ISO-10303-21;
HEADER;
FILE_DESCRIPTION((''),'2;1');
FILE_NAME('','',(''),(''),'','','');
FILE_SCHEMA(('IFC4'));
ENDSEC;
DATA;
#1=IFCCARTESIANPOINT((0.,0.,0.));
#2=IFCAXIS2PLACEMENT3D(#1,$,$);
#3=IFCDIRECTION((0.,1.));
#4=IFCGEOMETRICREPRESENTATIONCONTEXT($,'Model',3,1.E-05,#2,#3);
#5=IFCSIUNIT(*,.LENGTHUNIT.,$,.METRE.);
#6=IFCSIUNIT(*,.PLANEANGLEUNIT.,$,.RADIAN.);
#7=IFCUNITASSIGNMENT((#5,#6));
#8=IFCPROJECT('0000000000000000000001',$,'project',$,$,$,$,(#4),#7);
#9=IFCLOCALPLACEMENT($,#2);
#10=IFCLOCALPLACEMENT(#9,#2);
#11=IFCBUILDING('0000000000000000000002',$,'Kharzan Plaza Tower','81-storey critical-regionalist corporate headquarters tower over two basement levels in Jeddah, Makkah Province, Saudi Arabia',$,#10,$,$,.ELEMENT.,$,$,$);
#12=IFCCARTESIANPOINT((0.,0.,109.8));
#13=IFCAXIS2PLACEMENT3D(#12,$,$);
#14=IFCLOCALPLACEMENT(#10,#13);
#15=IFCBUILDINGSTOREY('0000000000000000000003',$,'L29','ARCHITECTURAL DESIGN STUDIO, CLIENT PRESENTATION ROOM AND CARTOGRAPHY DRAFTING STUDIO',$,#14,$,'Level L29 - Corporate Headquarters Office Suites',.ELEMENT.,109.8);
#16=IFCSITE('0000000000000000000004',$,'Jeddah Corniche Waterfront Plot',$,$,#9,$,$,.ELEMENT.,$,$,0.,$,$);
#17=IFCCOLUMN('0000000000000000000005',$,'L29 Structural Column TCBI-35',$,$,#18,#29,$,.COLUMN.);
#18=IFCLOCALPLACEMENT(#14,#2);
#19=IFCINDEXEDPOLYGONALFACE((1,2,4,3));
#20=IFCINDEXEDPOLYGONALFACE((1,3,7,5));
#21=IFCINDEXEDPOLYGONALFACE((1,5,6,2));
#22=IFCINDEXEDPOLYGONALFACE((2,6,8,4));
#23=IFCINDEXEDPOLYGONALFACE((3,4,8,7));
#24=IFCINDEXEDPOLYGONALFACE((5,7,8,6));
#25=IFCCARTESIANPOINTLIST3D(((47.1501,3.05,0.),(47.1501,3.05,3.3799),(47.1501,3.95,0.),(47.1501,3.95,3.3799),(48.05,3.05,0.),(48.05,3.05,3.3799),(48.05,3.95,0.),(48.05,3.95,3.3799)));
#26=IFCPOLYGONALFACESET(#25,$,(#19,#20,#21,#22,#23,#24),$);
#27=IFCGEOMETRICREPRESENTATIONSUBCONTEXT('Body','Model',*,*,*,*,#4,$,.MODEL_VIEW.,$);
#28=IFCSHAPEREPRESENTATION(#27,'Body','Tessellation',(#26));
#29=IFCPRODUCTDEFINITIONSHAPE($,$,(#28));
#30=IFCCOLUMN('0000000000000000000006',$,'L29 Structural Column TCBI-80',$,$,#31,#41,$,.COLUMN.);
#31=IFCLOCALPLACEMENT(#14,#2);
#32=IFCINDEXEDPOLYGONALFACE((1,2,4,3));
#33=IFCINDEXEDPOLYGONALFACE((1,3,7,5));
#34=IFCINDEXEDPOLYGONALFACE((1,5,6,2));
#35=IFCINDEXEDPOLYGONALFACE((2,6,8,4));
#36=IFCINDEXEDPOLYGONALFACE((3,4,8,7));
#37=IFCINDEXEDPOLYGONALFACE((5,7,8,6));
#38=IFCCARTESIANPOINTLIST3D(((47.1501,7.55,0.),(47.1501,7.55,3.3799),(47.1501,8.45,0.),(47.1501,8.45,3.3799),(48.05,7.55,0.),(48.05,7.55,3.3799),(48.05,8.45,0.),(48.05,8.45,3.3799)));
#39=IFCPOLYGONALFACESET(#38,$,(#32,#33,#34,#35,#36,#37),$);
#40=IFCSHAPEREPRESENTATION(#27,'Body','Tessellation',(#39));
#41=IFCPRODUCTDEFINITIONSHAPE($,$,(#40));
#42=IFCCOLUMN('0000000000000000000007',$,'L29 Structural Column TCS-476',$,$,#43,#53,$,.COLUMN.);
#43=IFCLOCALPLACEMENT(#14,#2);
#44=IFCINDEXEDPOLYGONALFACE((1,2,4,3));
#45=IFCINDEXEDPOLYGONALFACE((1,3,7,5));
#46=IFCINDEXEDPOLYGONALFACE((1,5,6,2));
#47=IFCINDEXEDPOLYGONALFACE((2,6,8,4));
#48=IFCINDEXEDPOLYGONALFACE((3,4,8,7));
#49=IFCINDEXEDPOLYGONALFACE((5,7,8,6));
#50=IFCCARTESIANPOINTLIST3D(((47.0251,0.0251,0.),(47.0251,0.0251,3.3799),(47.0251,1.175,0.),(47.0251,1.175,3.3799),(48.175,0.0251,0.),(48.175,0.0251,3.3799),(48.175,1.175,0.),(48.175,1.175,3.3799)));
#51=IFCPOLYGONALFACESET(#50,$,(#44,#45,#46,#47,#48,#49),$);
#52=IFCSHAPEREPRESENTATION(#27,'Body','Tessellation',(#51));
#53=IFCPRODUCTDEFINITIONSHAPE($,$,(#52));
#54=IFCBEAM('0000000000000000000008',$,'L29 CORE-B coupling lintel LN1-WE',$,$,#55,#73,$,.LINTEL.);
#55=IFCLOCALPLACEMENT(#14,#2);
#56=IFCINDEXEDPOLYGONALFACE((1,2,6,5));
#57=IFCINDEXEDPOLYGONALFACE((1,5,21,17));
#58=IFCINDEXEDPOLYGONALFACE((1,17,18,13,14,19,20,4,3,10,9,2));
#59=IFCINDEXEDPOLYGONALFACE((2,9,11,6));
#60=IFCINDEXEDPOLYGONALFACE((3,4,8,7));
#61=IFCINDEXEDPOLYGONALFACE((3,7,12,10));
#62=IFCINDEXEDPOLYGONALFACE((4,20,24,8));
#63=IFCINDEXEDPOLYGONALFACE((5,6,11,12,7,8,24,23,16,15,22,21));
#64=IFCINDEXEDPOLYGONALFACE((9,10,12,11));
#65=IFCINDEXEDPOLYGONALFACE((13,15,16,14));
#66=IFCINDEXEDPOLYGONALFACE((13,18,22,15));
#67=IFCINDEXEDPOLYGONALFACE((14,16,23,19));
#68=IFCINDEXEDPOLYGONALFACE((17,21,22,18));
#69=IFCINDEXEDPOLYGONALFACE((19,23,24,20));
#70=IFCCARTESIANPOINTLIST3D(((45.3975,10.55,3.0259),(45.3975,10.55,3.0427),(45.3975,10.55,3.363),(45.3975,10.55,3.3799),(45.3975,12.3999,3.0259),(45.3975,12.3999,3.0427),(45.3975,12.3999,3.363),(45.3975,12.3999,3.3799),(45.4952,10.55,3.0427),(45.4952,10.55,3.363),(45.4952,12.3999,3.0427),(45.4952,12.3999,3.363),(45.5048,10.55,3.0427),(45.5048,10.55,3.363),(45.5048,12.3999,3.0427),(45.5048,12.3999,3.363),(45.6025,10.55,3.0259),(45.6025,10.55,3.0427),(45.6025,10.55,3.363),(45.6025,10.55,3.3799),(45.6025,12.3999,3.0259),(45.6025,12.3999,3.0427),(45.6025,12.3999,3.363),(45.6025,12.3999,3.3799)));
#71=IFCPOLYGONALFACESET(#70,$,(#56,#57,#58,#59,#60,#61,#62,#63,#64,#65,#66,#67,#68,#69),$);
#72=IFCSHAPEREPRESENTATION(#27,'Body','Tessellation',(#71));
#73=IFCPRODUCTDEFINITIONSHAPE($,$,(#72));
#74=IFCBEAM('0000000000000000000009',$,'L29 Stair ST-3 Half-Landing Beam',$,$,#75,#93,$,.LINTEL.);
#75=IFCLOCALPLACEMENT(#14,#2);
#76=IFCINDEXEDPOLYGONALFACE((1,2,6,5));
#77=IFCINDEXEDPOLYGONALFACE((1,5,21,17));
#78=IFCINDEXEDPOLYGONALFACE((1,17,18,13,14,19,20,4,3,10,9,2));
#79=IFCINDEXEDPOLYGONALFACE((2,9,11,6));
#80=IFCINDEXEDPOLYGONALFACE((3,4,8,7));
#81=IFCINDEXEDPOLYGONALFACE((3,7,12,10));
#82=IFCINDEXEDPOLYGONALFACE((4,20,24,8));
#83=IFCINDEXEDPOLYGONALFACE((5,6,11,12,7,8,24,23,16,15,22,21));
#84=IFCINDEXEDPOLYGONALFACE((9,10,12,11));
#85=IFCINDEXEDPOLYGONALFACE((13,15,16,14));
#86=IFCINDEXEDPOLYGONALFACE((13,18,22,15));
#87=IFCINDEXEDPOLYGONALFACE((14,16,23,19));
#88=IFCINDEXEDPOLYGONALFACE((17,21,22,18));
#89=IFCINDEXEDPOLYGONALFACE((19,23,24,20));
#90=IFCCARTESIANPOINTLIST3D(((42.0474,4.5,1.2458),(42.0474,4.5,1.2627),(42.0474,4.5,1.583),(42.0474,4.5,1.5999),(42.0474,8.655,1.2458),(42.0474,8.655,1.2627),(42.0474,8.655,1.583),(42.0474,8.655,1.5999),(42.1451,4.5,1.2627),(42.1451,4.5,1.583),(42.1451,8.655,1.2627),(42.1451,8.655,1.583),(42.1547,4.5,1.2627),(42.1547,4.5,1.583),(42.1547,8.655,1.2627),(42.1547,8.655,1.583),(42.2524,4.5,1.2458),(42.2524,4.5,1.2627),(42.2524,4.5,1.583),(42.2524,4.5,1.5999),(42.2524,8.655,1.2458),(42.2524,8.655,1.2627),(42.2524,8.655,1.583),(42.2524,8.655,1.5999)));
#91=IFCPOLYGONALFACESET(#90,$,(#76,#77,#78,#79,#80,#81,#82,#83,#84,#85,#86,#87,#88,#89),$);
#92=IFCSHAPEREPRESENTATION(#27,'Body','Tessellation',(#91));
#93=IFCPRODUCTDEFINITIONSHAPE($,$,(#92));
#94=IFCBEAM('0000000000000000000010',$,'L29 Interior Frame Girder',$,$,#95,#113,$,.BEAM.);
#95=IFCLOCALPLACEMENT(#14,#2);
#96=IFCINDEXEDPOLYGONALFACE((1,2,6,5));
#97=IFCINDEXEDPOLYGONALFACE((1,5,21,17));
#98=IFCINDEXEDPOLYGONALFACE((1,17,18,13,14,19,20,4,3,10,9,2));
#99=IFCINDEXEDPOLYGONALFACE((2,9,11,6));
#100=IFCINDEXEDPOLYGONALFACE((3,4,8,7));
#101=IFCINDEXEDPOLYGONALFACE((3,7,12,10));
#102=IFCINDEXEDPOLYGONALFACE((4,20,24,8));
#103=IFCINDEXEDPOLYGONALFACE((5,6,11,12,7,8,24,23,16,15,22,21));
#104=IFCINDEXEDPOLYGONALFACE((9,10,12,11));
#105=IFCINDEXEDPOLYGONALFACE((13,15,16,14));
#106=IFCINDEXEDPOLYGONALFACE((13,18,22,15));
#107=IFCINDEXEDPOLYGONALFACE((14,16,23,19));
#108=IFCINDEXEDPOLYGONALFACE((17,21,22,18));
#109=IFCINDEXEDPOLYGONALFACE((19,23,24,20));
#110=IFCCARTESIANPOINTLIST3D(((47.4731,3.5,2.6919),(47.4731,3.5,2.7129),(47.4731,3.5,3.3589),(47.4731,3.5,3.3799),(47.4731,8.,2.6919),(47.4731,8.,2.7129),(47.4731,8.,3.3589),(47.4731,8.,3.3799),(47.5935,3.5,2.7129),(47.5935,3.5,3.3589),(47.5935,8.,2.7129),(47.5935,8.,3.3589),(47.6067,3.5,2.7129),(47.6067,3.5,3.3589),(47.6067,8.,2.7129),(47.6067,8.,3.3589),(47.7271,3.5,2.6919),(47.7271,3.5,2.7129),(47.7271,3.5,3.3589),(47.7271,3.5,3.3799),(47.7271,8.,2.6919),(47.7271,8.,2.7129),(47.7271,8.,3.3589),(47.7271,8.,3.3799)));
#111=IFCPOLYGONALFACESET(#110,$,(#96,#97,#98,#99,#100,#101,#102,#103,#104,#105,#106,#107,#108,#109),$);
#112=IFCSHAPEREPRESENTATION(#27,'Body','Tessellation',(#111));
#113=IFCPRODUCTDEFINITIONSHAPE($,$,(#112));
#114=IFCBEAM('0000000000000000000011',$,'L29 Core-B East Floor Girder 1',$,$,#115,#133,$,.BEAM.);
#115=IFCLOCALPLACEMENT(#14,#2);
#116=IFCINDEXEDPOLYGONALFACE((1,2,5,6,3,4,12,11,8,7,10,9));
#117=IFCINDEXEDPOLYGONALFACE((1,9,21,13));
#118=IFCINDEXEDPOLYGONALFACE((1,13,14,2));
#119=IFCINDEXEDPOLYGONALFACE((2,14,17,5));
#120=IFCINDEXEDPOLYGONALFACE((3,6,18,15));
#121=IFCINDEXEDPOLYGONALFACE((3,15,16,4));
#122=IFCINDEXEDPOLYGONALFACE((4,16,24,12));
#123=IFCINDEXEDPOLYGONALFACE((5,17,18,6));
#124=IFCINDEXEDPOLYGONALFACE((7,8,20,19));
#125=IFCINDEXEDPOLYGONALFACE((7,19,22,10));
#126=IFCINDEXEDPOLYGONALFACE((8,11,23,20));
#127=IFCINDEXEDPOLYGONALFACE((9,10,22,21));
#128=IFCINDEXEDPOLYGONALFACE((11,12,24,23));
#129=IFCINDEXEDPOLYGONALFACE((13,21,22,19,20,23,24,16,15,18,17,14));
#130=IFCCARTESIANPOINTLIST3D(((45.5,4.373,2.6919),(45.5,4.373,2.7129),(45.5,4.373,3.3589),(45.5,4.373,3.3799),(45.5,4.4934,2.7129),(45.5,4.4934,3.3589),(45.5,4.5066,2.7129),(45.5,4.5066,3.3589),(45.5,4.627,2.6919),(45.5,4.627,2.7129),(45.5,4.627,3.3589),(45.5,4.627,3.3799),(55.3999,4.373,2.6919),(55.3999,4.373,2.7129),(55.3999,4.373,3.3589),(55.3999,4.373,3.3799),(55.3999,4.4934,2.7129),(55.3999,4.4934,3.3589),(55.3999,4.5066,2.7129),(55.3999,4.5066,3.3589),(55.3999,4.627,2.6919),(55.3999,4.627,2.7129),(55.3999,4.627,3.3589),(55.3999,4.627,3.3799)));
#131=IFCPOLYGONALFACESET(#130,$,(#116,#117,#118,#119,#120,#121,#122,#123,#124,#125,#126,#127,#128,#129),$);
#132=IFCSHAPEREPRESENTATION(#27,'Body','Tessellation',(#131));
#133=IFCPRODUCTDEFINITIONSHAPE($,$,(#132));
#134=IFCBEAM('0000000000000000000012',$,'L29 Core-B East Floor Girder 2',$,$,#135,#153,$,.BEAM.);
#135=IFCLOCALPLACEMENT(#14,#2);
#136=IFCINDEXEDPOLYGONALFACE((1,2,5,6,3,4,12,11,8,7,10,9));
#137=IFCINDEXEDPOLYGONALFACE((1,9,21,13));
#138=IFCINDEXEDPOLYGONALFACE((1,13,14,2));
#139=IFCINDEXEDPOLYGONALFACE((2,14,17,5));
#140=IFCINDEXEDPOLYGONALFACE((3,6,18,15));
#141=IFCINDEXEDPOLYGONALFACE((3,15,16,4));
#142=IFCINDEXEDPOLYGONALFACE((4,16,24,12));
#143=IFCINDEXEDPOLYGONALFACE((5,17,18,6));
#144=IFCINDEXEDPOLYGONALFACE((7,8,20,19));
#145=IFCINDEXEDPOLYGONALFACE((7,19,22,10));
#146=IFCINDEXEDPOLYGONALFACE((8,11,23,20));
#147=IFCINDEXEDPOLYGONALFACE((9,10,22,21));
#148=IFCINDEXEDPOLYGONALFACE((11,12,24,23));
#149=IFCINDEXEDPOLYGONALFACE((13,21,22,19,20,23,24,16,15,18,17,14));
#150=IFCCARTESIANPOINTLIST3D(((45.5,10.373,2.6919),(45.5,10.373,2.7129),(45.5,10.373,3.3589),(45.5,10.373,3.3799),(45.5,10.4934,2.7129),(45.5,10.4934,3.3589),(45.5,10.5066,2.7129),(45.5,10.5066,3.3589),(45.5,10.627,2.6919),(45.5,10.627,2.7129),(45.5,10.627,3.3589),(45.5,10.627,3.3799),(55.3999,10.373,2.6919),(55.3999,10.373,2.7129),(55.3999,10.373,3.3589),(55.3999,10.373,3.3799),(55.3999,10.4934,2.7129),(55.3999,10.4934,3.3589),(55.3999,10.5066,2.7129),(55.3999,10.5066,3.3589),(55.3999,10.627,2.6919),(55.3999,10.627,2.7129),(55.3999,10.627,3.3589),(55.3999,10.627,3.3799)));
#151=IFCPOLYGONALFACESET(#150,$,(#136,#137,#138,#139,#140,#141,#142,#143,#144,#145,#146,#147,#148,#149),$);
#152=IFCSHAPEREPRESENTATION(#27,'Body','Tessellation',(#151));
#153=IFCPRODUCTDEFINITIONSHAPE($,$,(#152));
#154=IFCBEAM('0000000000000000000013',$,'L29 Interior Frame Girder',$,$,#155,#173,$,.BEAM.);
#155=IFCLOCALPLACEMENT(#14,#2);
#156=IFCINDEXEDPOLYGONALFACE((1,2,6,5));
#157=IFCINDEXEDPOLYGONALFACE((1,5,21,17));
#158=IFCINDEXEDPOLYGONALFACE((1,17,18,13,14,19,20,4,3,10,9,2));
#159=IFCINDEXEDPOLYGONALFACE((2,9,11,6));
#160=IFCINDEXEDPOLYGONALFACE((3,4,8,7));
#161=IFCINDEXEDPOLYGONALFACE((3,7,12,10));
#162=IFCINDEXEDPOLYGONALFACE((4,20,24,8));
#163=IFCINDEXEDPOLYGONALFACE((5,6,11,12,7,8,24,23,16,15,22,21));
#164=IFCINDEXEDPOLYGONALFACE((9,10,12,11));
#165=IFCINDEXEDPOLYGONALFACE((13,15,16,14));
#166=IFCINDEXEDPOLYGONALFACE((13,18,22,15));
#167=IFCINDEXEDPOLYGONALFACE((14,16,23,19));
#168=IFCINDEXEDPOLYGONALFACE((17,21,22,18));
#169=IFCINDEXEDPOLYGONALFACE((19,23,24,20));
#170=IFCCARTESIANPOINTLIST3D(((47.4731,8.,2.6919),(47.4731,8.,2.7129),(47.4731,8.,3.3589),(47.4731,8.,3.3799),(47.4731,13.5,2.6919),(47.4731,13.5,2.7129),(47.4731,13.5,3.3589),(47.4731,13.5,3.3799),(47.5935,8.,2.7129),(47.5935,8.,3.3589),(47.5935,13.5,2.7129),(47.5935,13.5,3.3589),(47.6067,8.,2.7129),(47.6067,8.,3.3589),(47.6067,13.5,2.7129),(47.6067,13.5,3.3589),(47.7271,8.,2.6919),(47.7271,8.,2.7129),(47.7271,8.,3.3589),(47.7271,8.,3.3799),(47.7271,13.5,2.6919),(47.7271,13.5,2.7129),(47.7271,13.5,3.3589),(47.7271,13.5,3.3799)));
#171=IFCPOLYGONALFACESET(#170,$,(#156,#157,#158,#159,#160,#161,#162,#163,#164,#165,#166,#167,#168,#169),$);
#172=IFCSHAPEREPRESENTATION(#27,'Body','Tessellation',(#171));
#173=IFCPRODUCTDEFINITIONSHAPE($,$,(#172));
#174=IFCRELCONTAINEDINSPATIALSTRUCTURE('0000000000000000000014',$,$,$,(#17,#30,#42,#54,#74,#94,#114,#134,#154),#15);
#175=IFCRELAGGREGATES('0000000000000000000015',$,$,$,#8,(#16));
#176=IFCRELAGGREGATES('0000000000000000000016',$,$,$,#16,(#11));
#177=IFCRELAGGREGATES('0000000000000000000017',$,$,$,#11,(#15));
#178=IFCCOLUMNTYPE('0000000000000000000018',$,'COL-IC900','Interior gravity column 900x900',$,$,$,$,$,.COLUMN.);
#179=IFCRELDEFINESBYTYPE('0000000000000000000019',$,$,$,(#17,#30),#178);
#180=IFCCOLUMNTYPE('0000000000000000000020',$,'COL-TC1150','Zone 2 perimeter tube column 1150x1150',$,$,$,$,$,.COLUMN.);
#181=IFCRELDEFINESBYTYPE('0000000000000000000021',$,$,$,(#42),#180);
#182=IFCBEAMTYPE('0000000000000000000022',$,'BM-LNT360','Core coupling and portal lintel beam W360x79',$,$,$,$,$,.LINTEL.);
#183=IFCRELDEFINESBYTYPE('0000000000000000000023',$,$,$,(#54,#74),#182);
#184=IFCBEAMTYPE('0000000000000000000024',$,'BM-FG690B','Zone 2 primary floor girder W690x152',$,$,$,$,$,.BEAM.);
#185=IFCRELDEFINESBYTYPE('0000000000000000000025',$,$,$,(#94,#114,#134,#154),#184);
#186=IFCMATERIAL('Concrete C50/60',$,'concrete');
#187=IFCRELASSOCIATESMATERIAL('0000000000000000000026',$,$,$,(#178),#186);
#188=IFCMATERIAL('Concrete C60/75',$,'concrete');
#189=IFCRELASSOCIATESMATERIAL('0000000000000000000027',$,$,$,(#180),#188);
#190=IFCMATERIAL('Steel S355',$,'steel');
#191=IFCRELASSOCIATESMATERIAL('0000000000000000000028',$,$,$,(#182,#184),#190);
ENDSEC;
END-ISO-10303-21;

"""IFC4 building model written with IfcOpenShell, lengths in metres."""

from ifc_helpers import new_model, si_unit, direction, frame, origin, origin_2d, place, context, subcontext, project, spatial, rectangle, i_section, extrude, source, transform, mapped, material, material_profile, profile_set, type_object, element, save


model = new_model("IFC4")

# Units and contexts
model_context = context("Model", 3, precision=1e-05, world=origin(), true_north=direction((0.0, 1.0)))
body_context = subcontext(model_context, "Body", "Model", "MODEL_VIEW")
ifc_project = project(units=[si_unit("LENGTHUNIT", "METRE"), si_unit("PLANEANGLEUNIT", "RADIAN")], contexts=[model_context])

# Site, building, storey
site_placement = place(None, origin())
site = spatial("IfcSite", under=ifc_project, at=site_placement, Name="Jeddah Corniche Waterfront Plot", CompositionType="ELEMENT", RefElevation=0.0)
building_placement = place(site_placement, origin())
building = spatial("IfcBuilding", under=site, at=building_placement, Name="Kharzan Plaza Tower", Description="81-storey critical-regionalist corporate headquarters tower over two basement levels in Jeddah, Makkah Province, Saudi Arabia", CompositionType="ELEMENT")
storey_placement = place(building_placement, frame((0.0, 0.0, 109.8)))
storey = spatial("IfcBuildingStorey", under=building, at=storey_placement, Name="L29", Description="ARCHITECTURAL DESIGN STUDIO, CLIENT PRESENTATION ROOM AND CARTOGRAPHY DRAFTING STUDIO", LongName="Level L29 - Corporate Headquarters Office Suites", CompositionType="ELEMENT", Elevation=109.8)

# Columns
ifc_material_1 = material(Name="Concrete C50/60", Category="concrete")
ifc_material_profile_1 = material_profile(ifc_material_1, rectangle(XDim=0.8999, YDim=0.8999, at=origin_2d()), Name="RC-IC900x900")
ifc_profile_set_1 = profile_set([ifc_material_profile_1], Name="Concrete C50/60")
column_type_1 = type_object("IfcColumnType", Name="COL-IC900", Description="Interior gravity column 900x900", PredefinedType="COLUMN", material=ifc_profile_set_1)
shared_shape_1 = source(origin(), body_context, "Body", "SweptSolid", [
    extrude(rectangle(XDim=0.8999, YDim=0.8999, at=origin_2d()), origin(), (0.0, 0.0, 1.0), 3.3799),
])
for number, where, z_axis, x_axis, name in (
    (1, (47.6001, 3.5, 0.0), (0.0, 0.0, 1.0), (1.0, 0.0, 0.0), "L29 Structural Column TCBI-35"),
    (2, (47.6001, 8.0, 0.0), (0.0, 0.0, 1.0), (1.0, 0.0, 0.0), "L29 Structural Column TCBI-80"),
):
    element("IfcColumn", number, at=place(storey_placement, frame(where, z_axis=z_axis, x_axis=x_axis)), inside=storey, type_object=column_type_1, Name=name, PredefinedType="COLUMN", context=body_context, shape_type="MappedRepresentation", body=[
        mapped(shared_shape_1, transform((0.0, 0.0, 0.0), x_axis=(1.0, 0.0, 0.0), y_axis=(0.0, 1.0, 0.0), z_axis=(0.0, 0.0, 1.0))),
    ])
ifc_material_2 = material(Name="Concrete C60/75", Category="concrete")
ifc_material_profile_2 = material_profile(ifc_material_2, rectangle(XDim=1.1499, YDim=1.1499, at=origin_2d()), Name="RC-TC1150x1150")
ifc_profile_set_2 = profile_set([ifc_material_profile_2], Name="Concrete C60/75")
column_type_2 = type_object("IfcColumnType", Name="COL-TC1150", Description="Zone 2 perimeter tube column 1150x1150", PredefinedType="COLUMN", material=ifc_profile_set_2)
shared_shape_2 = source(origin(), body_context, "Body", "SweptSolid", [
    extrude(rectangle(XDim=1.1499, YDim=1.1499, at=origin_2d()), origin(), (0.0, 0.0, 1.0), 3.3799),
])
column_placement = place(storey_placement, frame((47.6001, 0.6001, 0.0), z_axis=(0.0, 0.0, 1.0), x_axis=(1.0, 0.0, 0.0)))
element("IfcColumn", 3, at=column_placement, inside=storey, type_object=column_type_2, Name="L29 Structural Column TCS-476", PredefinedType="COLUMN", context=body_context, shape_type="MappedRepresentation", body=[
    mapped(shared_shape_2, transform((0.0, 0.0, 0.0), x_axis=(1.0, 0.0, 0.0), y_axis=(0.0, 1.0, 0.0), z_axis=(0.0, 0.0, 1.0))),
])

# Beams
ifc_material_3 = material(Name="Steel S355", Category="steel")
ifc_material_profile_3 = material_profile(ifc_material_3, i_section(OverallWidth=0.2051, OverallDepth=0.354, WebThickness=0.0095, FlangeThickness=0.0168, at=origin_2d()), Name="W360x79")
ifc_profile_set_3 = profile_set([ifc_material_profile_3], Name="Steel S355")
beam_type_1 = type_object("IfcBeamType", Name="BM-LNT360", Description="Core coupling and portal lintel beam W360x79", PredefinedType="LINTEL", material=ifc_profile_set_3)
shared_shape_3 = source(origin(), body_context, "Body", "SweptSolid", [
    extrude(i_section(OverallWidth=0.2051, OverallDepth=0.354, WebThickness=0.0095, FlangeThickness=0.0168, at=origin_2d()), origin(), (0.0, 0.0, 1.0), 1.8499),
])
beam_1_placement = place(storey_placement, frame((45.5, 10.55, 3.2029), z_axis=(0.0, 1.0, 0.0), x_axis=(-1.0, 0.0, 0.0)))
element("IfcBeam", 4, at=beam_1_placement, inside=storey, type_object=beam_type_1, Name="L29 CORE-B coupling lintel LN1-WE", PredefinedType="LINTEL", context=body_context, shape_type="MappedRepresentation", body=[
    mapped(shared_shape_3, transform((0.0, 0.0, 0.0), x_axis=(1.0, 0.0, 0.0), y_axis=(0.0, 1.0, 0.0), z_axis=(0.0, 0.0, 1.0))),
])
shared_shape_4 = source(origin(), body_context, "Body", "SweptSolid", [
    extrude(i_section(OverallWidth=0.2051, OverallDepth=0.354, WebThickness=0.0095, FlangeThickness=0.0168, at=origin_2d()), origin(), (0.0, 0.0, 1.0), 4.155),
])
beam_2_placement = place(storey_placement, frame((42.1499, 4.5, 1.4229), z_axis=(0.0, 1.0, 0.0), x_axis=(-1.0, 0.0, 0.0)))
element("IfcBeam", 5, at=beam_2_placement, inside=storey, type_object=beam_type_1, Name="L29 Stair ST-3 Half-Landing Beam", PredefinedType="LINTEL", context=body_context, shape_type="MappedRepresentation", body=[
    mapped(shared_shape_4, transform((0.0, 0.0, 0.0), x_axis=(1.0, 0.0, 0.0), y_axis=(0.0, 1.0, 0.0), z_axis=(0.0, 0.0, 1.0))),
])
ifc_material_profile_4 = material_profile(ifc_material_3, i_section(OverallWidth=0.2539, OverallDepth=0.688, WebThickness=0.0132, FlangeThickness=0.021, at=origin_2d()), Name="W690x152")
ifc_profile_set_4 = profile_set([ifc_material_profile_4], Name="Steel S355")
beam_type_2 = type_object("IfcBeamType", Name="BM-FG690B", Description="Zone 2 primary floor girder W690x152", PredefinedType="BEAM", material=ifc_profile_set_4)
shared_shape_5 = source(origin(), body_context, "Body", "SweptSolid", [
    extrude(i_section(OverallWidth=0.2539, OverallDepth=0.688, WebThickness=0.0132, FlangeThickness=0.021, at=origin_2d()), origin(), (0.0, 0.0, 1.0), 4.5),
])
beam_3_placement = place(storey_placement, frame((47.6001, 3.5, 3.0359), z_axis=(0.0, 1.0, 0.0), x_axis=(-1.0, 0.0, 0.0)))
element("IfcBeam", 6, at=beam_3_placement, inside=storey, type_object=beam_type_2, Name="L29 Interior Frame Girder", PredefinedType="BEAM", context=body_context, shape_type="MappedRepresentation", body=[
    mapped(shared_shape_5, transform((0.0, 0.0, 0.0), x_axis=(1.0, 0.0, 0.0), y_axis=(0.0, 1.0, 0.0), z_axis=(0.0, 0.0, 1.0))),
])
shared_shape_6 = source(origin(), body_context, "Body", "SweptSolid", [
    extrude(i_section(OverallWidth=0.2539, OverallDepth=0.688, WebThickness=0.0132, FlangeThickness=0.021, at=origin_2d()), origin(), (0.0, 0.0, 1.0), 9.8999),
])
for number, where, z_axis, x_axis, name in (
    (7, (45.5, 4.5, 3.0359), (1.0, 0.0, 0.0), (0.0, 1.0, 0.0), "L29 Core-B East Floor Girder 1"),
    (8, (45.5, 10.5, 3.0359), (1.0, 0.0, 0.0), (0.0, 1.0, 0.0), "L29 Core-B East Floor Girder 2"),
):
    element("IfcBeam", number, at=place(storey_placement, frame(where, z_axis=z_axis, x_axis=x_axis)), inside=storey, type_object=beam_type_2, Name=name, PredefinedType="BEAM", context=body_context, shape_type="MappedRepresentation", body=[
        mapped(shared_shape_6, transform((0.0, 0.0, 0.0), x_axis=(1.0, 0.0, 0.0), y_axis=(0.0, 1.0, 0.0), z_axis=(0.0, 0.0, 1.0))),
    ])
shared_shape_7 = source(origin(), body_context, "Body", "SweptSolid", [
    extrude(i_section(OverallWidth=0.2539, OverallDepth=0.688, WebThickness=0.0132, FlangeThickness=0.021, at=origin_2d()), origin(), (0.0, 0.0, 1.0), 5.5),
])
beam_4_placement = place(storey_placement, frame((47.6001, 8.0, 3.0359), z_axis=(0.0, 1.0, 0.0), x_axis=(-1.0, 0.0, 0.0)))
element("IfcBeam", 9, at=beam_4_placement, inside=storey, type_object=beam_type_2, Name="L29 Interior Frame Girder", PredefinedType="BEAM", context=body_context, shape_type="MappedRepresentation", body=[
    mapped(shared_shape_7, transform((0.0, 0.0, 0.0), x_axis=(1.0, 0.0, 0.0), y_axis=(0.0, 1.0, 0.0), z_axis=(0.0, 0.0, 1.0))),
])

save(model, "model.ifc")
